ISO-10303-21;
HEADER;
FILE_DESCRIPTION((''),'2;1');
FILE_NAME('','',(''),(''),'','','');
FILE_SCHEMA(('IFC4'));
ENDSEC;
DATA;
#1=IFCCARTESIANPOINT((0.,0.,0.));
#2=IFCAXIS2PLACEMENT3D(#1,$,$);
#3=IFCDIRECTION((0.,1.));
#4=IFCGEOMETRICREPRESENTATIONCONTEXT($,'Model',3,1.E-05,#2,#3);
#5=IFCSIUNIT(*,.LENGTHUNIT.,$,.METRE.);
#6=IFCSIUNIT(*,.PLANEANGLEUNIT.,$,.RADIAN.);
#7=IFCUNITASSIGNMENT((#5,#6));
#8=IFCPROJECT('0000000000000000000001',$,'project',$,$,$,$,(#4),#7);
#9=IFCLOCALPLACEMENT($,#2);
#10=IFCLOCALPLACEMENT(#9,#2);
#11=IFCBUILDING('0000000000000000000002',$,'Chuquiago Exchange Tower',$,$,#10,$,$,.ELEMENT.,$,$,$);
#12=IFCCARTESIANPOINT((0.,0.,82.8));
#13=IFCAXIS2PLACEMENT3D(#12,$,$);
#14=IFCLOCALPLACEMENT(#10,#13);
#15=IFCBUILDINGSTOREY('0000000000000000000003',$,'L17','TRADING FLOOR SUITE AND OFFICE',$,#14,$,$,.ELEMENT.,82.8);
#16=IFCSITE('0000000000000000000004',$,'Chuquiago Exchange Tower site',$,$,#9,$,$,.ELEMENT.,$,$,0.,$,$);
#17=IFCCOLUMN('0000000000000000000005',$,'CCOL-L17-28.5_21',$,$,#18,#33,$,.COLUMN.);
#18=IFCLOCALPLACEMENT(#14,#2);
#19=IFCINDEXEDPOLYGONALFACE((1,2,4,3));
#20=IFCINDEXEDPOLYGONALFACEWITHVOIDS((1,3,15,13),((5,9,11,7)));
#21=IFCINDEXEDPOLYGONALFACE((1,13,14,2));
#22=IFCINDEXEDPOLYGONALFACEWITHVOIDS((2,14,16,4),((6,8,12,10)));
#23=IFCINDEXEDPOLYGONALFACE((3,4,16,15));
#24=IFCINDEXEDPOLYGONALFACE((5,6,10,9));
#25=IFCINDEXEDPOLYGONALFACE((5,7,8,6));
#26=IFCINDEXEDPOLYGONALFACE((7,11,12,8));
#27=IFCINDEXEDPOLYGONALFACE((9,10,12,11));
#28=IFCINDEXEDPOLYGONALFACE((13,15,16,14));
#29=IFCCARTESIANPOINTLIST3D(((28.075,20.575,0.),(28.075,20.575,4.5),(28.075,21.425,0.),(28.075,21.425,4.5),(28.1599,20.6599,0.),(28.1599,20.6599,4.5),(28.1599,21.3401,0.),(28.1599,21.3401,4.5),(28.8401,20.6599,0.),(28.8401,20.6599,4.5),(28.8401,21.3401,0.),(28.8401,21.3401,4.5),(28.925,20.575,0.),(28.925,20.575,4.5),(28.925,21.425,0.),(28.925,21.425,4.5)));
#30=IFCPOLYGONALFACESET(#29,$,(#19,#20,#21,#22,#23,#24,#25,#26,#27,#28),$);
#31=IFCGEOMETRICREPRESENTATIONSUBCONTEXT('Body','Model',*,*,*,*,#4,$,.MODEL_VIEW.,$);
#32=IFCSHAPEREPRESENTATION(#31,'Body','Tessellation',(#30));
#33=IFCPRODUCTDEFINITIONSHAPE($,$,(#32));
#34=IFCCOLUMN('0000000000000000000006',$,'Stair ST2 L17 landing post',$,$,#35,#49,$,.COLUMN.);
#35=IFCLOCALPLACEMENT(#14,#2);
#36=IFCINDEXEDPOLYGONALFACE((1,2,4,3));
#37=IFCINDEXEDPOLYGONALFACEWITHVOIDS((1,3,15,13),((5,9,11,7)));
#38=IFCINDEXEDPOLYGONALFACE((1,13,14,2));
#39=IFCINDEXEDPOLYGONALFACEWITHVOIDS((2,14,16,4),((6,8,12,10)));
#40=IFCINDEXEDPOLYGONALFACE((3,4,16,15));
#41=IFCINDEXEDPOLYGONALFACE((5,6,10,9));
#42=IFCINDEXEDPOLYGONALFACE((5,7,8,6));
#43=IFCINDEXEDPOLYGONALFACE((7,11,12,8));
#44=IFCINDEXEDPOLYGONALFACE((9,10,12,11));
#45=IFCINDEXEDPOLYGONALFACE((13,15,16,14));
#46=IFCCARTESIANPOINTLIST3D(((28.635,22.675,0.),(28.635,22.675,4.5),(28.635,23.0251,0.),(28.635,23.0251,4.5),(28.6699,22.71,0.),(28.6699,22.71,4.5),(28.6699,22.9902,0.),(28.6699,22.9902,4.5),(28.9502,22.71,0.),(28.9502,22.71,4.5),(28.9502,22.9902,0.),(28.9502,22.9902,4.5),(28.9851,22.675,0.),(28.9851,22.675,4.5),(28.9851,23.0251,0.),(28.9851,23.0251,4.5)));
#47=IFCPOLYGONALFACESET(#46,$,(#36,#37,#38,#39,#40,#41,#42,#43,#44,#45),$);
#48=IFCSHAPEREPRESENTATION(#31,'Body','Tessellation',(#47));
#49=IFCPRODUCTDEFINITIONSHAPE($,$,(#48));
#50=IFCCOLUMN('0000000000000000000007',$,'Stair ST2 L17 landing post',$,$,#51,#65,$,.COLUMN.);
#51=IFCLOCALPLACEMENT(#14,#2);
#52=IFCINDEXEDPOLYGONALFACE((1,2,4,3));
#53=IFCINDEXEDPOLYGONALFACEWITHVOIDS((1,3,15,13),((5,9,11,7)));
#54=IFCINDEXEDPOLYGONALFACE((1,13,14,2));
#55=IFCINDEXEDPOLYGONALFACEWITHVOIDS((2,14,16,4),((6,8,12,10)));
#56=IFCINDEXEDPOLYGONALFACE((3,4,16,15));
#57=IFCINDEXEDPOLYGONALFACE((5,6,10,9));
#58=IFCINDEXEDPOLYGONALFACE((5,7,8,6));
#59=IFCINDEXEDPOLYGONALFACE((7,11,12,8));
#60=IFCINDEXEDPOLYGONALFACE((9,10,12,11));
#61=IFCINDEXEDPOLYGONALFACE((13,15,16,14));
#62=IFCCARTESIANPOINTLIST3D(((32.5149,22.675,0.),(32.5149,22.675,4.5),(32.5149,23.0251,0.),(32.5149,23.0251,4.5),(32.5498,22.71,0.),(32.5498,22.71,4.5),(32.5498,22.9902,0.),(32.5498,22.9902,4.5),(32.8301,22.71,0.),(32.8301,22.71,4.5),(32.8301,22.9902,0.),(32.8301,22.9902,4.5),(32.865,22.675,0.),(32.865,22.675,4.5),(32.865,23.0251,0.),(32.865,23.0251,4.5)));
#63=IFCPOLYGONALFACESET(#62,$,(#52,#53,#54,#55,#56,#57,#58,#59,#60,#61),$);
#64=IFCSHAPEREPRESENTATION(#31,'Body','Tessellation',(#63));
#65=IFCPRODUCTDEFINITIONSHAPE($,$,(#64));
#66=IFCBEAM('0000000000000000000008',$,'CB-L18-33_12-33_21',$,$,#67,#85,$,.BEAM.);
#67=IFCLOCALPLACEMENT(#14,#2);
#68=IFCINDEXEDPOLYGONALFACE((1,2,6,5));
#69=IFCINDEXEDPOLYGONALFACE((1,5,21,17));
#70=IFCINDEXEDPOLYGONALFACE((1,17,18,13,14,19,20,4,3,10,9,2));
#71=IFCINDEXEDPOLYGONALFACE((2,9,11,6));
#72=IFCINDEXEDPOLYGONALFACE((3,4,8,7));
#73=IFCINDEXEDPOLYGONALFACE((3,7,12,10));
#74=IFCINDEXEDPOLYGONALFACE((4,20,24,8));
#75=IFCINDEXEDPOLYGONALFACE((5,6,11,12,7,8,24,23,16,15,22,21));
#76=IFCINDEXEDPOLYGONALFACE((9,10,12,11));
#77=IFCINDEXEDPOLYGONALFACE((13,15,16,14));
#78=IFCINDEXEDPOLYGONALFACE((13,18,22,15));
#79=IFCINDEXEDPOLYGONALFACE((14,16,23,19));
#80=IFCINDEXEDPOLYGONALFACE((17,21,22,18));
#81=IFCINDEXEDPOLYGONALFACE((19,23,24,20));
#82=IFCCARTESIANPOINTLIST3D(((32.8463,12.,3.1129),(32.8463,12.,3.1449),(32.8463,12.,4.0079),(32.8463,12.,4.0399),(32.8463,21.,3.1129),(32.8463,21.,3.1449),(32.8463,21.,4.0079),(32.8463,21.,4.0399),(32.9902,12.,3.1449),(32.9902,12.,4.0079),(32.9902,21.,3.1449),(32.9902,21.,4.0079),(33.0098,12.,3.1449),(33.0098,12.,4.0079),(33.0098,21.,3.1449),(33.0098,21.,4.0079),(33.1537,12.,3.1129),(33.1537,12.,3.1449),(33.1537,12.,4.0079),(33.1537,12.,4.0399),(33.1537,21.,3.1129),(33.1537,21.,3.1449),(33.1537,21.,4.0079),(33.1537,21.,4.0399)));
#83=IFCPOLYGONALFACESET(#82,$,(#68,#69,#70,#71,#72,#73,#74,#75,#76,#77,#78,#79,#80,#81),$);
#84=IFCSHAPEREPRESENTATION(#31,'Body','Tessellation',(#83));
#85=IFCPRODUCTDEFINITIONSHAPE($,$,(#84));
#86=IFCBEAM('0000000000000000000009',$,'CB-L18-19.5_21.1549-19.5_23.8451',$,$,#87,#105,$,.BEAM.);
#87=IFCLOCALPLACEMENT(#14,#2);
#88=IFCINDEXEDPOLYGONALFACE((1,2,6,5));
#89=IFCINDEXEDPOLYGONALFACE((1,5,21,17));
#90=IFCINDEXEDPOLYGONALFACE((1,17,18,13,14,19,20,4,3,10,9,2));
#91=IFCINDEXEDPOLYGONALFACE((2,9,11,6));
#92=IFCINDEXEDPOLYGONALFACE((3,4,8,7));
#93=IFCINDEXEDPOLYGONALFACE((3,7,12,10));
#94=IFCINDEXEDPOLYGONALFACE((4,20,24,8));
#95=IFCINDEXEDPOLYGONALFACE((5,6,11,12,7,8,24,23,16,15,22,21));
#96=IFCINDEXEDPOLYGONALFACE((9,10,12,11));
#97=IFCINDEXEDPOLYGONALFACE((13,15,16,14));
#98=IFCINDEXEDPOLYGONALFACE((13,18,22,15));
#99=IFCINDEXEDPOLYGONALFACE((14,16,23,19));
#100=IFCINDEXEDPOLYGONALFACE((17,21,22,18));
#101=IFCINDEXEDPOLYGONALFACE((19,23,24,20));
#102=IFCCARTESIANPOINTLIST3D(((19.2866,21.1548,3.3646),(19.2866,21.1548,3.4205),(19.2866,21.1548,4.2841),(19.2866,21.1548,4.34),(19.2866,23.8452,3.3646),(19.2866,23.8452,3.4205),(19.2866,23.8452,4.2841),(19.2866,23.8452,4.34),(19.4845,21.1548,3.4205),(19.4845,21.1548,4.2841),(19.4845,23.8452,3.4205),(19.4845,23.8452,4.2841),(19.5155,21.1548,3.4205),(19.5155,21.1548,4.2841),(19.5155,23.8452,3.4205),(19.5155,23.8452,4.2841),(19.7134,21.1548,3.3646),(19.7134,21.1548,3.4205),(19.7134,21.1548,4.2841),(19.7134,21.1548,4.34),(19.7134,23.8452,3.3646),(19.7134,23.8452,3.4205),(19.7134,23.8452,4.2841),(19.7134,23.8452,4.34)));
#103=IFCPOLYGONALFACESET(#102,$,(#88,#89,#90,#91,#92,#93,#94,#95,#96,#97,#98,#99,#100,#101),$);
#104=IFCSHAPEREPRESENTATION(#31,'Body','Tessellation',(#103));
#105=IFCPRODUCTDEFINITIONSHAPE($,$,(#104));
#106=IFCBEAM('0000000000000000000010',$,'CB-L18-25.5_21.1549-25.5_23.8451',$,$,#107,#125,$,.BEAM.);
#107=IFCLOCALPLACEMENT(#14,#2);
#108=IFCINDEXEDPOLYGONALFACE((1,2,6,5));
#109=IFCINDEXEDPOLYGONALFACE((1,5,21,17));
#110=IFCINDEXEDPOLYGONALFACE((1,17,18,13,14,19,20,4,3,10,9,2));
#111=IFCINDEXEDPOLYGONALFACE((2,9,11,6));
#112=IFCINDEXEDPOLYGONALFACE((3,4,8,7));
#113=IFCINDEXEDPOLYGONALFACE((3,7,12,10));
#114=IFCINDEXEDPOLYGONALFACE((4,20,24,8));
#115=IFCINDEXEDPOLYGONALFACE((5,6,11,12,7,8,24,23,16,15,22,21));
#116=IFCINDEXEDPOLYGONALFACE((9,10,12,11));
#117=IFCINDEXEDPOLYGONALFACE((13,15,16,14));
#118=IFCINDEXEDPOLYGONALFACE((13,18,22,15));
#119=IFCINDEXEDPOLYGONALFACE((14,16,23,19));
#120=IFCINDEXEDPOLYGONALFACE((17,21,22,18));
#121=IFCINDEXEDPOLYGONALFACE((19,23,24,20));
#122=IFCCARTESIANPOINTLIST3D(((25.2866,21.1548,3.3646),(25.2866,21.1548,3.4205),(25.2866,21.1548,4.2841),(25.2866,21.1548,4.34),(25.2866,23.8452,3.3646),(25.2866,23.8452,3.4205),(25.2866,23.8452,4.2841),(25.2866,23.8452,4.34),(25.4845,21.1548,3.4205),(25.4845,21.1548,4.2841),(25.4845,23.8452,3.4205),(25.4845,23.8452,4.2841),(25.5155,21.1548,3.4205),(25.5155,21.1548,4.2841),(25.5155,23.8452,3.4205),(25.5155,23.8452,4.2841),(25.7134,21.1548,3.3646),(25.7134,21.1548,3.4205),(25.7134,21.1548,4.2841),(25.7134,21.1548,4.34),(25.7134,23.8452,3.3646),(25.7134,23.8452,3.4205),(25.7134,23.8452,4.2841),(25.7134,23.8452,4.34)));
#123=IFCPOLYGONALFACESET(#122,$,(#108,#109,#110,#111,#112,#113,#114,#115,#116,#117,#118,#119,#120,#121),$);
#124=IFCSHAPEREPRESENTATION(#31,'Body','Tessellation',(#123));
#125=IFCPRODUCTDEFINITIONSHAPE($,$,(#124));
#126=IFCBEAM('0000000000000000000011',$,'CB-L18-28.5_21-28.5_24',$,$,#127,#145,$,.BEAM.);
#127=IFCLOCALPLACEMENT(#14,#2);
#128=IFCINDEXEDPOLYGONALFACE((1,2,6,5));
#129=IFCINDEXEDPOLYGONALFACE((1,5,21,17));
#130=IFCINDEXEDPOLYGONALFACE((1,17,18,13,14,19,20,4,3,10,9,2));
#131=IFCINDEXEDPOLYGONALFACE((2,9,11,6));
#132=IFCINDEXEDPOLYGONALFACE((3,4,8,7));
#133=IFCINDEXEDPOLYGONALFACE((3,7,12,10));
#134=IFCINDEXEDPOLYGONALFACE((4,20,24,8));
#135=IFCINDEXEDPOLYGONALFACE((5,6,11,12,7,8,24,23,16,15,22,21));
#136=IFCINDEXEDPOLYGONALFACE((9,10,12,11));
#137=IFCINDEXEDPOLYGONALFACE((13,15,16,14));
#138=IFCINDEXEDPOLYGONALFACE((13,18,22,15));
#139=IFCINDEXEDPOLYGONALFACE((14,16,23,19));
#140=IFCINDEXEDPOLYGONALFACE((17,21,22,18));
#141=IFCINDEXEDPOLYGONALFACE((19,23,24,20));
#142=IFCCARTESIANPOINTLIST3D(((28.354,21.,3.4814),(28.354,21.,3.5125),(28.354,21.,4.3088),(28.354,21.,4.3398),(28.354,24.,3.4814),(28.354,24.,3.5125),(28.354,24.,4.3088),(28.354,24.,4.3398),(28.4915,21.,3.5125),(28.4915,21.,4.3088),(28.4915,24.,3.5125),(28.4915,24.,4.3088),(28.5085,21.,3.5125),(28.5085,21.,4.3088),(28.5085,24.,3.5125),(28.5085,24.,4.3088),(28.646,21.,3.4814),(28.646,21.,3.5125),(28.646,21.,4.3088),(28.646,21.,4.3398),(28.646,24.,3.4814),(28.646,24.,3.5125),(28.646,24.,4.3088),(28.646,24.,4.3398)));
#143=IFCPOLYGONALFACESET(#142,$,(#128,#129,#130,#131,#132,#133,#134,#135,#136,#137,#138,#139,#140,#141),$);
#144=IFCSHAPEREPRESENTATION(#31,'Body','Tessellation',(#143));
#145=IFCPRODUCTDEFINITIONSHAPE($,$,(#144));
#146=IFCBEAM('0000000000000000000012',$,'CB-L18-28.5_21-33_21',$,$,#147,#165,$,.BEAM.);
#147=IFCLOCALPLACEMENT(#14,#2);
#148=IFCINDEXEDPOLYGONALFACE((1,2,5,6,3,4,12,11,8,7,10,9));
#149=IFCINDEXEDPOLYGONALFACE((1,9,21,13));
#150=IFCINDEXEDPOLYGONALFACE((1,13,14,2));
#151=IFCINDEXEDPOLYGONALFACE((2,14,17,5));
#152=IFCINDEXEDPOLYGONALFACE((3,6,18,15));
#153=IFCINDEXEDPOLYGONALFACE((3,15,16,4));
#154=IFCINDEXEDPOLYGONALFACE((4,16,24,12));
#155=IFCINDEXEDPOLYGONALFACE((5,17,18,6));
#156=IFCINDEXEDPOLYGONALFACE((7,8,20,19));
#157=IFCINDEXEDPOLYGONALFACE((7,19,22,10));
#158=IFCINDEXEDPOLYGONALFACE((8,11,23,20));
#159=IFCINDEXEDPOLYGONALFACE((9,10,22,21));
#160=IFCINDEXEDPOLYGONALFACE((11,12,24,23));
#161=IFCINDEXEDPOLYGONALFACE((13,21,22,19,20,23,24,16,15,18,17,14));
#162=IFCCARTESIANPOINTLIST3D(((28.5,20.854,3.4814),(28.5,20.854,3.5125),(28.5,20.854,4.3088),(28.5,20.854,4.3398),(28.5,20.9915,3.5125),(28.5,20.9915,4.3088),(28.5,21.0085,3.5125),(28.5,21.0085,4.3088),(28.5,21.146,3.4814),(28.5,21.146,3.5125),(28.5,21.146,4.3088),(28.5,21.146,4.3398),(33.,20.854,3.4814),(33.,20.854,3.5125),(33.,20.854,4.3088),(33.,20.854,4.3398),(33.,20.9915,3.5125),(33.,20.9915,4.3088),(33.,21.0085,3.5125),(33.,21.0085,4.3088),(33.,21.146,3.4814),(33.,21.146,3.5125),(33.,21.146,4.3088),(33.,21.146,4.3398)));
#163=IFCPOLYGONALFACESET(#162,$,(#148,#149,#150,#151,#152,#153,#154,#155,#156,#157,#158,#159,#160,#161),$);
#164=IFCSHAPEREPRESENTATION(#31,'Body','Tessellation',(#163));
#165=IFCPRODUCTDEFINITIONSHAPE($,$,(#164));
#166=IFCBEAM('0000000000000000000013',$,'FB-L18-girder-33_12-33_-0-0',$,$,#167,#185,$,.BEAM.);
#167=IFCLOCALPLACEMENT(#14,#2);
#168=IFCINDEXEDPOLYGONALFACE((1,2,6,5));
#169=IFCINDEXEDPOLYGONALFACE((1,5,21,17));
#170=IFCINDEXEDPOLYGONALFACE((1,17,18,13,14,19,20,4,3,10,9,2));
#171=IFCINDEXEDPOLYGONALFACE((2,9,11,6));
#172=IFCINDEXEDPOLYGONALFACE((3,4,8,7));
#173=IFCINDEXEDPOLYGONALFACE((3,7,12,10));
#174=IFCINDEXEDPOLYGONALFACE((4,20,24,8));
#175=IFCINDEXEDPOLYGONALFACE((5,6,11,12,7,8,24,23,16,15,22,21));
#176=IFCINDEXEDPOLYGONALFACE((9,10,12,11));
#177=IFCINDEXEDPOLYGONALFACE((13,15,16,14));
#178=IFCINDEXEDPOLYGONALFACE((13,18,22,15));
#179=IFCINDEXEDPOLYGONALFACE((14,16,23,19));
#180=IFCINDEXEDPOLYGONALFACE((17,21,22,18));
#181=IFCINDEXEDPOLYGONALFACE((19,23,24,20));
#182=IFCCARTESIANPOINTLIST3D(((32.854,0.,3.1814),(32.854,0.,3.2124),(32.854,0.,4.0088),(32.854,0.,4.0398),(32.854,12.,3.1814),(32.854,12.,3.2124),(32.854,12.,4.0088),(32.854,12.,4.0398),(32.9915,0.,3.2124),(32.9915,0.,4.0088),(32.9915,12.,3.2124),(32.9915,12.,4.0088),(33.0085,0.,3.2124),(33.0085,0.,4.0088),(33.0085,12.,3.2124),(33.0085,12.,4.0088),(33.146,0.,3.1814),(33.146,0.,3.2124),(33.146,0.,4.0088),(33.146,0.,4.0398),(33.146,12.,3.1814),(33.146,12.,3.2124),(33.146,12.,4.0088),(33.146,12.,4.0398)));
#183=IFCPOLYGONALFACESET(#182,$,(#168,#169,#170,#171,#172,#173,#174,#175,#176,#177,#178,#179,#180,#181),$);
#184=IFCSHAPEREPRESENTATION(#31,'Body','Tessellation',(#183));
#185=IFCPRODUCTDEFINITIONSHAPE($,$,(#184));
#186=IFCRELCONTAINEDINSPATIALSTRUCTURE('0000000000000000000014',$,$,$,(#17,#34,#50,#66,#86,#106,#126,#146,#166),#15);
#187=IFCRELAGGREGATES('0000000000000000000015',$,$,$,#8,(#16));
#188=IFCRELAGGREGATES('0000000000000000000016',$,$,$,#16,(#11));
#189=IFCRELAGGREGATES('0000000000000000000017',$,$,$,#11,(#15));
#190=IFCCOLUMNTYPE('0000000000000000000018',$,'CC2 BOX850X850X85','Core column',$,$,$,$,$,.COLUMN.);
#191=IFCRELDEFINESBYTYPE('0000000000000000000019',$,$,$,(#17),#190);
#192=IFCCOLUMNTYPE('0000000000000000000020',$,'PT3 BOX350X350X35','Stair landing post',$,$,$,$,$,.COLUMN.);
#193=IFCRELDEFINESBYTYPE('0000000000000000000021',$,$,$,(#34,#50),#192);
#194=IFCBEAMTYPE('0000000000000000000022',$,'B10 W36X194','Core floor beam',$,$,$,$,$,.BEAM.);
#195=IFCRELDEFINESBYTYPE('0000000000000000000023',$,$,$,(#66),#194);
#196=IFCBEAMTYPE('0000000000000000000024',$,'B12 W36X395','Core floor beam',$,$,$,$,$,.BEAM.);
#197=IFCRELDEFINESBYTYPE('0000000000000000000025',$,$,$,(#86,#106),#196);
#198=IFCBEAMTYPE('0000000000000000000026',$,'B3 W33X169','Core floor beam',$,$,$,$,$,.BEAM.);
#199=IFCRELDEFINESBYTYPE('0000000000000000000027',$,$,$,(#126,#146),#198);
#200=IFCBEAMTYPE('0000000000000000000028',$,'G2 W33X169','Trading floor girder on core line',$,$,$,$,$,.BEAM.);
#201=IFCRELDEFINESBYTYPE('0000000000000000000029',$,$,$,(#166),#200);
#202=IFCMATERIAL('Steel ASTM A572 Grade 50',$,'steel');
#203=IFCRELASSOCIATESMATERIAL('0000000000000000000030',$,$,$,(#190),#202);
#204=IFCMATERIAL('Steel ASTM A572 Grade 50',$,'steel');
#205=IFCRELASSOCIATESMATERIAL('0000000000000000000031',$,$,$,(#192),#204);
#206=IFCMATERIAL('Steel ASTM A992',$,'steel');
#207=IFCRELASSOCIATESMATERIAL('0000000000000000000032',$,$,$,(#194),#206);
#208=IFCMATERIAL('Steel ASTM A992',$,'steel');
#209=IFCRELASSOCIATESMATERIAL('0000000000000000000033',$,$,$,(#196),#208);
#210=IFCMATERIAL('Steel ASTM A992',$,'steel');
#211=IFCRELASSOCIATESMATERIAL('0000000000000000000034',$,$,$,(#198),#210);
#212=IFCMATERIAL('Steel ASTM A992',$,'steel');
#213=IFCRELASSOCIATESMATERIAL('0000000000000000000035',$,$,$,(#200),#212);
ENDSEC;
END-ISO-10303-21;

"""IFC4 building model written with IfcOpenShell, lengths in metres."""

from ifc_helpers import new_model, si_unit, direction, frame, origin, origin_2d, place, context, subcontext, project, spatial, hollow_rectangle, i_section, extrude, material, material_profile, profile_set, type_object, element, save


model = new_model("IFC4")

# Units and contexts
model_context = context("Model", 3, precision=1e-05, world=origin(), true_north=direction((0.0, 1.0)))
body_context = subcontext(model_context, "Body", "Model", "MODEL_VIEW")
ifc_project = project(units=[si_unit("LENGTHUNIT", "METRE"), si_unit("PLANEANGLEUNIT", "RADIAN")], contexts=[model_context])

# Site, building, storey
site_placement = place(None, origin())
site = spatial("IfcSite", under=ifc_project, at=site_placement, Name="Chuquiago Exchange Tower site", CompositionType="ELEMENT", RefElevation=0.0)
building_placement = place(site_placement, origin())
building = spatial("IfcBuilding", under=site, at=building_placement, Name="Chuquiago Exchange Tower", CompositionType="ELEMENT")
storey_placement = place(building_placement, frame((0.0, 0.0, 82.8)))
storey = spatial("IfcBuildingStorey", under=building, at=storey_placement, Name="L17", Description="TRADING FLOOR SUITE AND OFFICE", CompositionType="ELEMENT", Elevation=82.8)

# Columns
ifc_material_1 = material(Name="Steel ASTM A572 Grade 50", Category="steel")
ifc_material_profile_1 = material_profile(ifc_material_1, hollow_rectangle(XDim=0.8501, YDim=0.8501, WallThickness=0.085, at=origin_2d()), Name="BOX850X850X85")
ifc_profile_set_1 = profile_set([ifc_material_profile_1], Name="Steel ASTM A572 Grade 50")
column_type_1 = type_object("IfcColumnType", Name="CC2 BOX850X850X85", Description="Core column", PredefinedType="COLUMN", material=ifc_profile_set_1)
column_placement = place(storey_placement, frame((28.5, 21.0, 0.0), z_axis=(0.0, 0.0, 1.0), x_axis=(1.0, 0.0, 0.0)))
element("IfcColumn", 1, at=column_placement, inside=storey, type_object=column_type_1, Name="CCOL-L17-28.5_21", PredefinedType="COLUMN", context=body_context, shape_type="SweptSolid", body=[
    extrude(hollow_rectangle(XDim=0.8501, YDim=0.8501, WallThickness=0.085, at=origin_2d()), origin(), (0.0, 0.0, 1.0), 4.5),
])
ifc_material_2 = material(Name="Steel ASTM A572 Grade 50", Category="steel")
ifc_material_profile_2 = material_profile(ifc_material_2, hollow_rectangle(XDim=0.3501, YDim=0.3501, WallThickness=0.0349, at=origin_2d()), Name="BOX350X350X35")
ifc_profile_set_2 = profile_set([ifc_material_profile_2], Name="Steel ASTM A572 Grade 50")
column_type_2 = type_object("IfcColumnType", Name="PT3 BOX350X350X35", Description="Stair landing post", PredefinedType="COLUMN", material=ifc_profile_set_2)
for number, where, z_axis, x_axis, name in (
    (2, (28.8101, 22.8501, 0.0), (0.0, 0.0, 1.0), (1.0, 0.0, 0.0), "Stair ST2 L17 landing post"),
    (3, (32.6899, 22.8501, 0.0), (0.0, 0.0, 1.0), (1.0, 0.0, 0.0), "Stair ST2 L17 landing post"),
):
    element("IfcColumn", number, at=place(storey_placement, frame(where, z_axis=z_axis, x_axis=x_axis)), inside=storey, type_object=column_type_2, Name=name, PredefinedType="COLUMN", context=body_context, shape_type="SweptSolid", body=[
        extrude(hollow_rectangle(XDim=0.3501, YDim=0.3501, WallThickness=0.0349, at=origin_2d()), origin(), (0.0, 0.0, 1.0), 4.5),
    ])

# Beams
ifc_material_3 = material(Name="Steel ASTM A992", Category="steel")
ifc_material_profile_3 = material_profile(ifc_material_3, i_section(OverallWidth=0.3074, OverallDepth=0.927, WebThickness=0.0195, FlangeThickness=0.032, at=origin_2d()), Name="W36X194")
ifc_profile_set_3 = profile_set([ifc_material_profile_3], Name="Steel ASTM A992")
beam_type_1 = type_object("IfcBeamType", Name="B10 W36X194", Description="Core floor beam", PredefinedType="BEAM", material=ifc_profile_set_3)
beam_1_placement = place(storey_placement, frame((33.0, 12.0, 3.5764), z_axis=(0.0, 1.0, 0.0), x_axis=(-1.0, 0.0, 0.0)))
element("IfcBeam", 4, at=beam_1_placement, inside=storey, type_object=beam_type_1, Name="CB-L18-33_12-33_21", PredefinedType="BEAM", context=body_context, shape_type="SweptSolid", body=[
    extrude(i_section(OverallWidth=0.3074, OverallDepth=0.927, WebThickness=0.0195, FlangeThickness=0.032, at=origin_2d()), origin(), (0.0, 0.0, 1.0), 9.0),
])
ifc_material_4 = material(Name="Steel ASTM A992", Category="steel")
ifc_material_profile_4 = material_profile(ifc_material_4, i_section(OverallWidth=0.4268, OverallDepth=0.9753, WebThickness=0.031, FlangeThickness=0.0559, at=origin_2d()), Name="W36X395")
ifc_profile_set_4 = profile_set([ifc_material_profile_4], Name="Steel ASTM A992")
beam_type_2 = type_object("IfcBeamType", Name="B12 W36X395", Description="Core floor beam", PredefinedType="BEAM", material=ifc_profile_set_4)
for number, where, z_axis, x_axis, name in (
    (5, (19.5, 21.1548, 3.8523), (0.0, 1.0, 0.0), (-1.0, 0.0, 0.0), "CB-L18-19.5_21.1549-19.5_23.8451"),
    (6, (25.5, 21.1548, 3.8523), (0.0, 1.0, 0.0), (-1.0, 0.0, 0.0), "CB-L18-25.5_21.1549-25.5_23.8451"),
):
    element("IfcBeam", number, at=place(storey_placement, frame(where, z_axis=z_axis, x_axis=x_axis)), inside=storey, type_object=beam_type_2, Name=name, PredefinedType="BEAM", context=body_context, shape_type="SweptSolid", body=[
        extrude(i_section(OverallWidth=0.4268, OverallDepth=0.9753, WebThickness=0.031, FlangeThickness=0.0559, at=origin_2d()), origin(), (0.0, 0.0, 1.0), 2.6904),
    ])
ifc_material_5 = material(Name="Steel ASTM A992", Category="steel")
ifc_material_profile_5 = material_profile(ifc_material_5, i_section(OverallWidth=0.292, OverallDepth=0.8584, WebThickness=0.0171, FlangeThickness=0.031, at=origin_2d()), Name="W33X169")
ifc_profile_set_5 = profile_set([ifc_material_profile_5], Name="Steel ASTM A992")
beam_type_3 = type_object("IfcBeamType", Name="B3 W33X169", Description="Core floor beam", PredefinedType="BEAM", material=ifc_profile_set_5)
beam_2_placement = place(storey_placement, frame((28.5, 21.0, 3.9106), z_axis=(0.0, 1.0, 0.0), x_axis=(-1.0, 0.0, 0.0)))
element("IfcBeam", 7, at=beam_2_placement, inside=storey, type_object=beam_type_3, Name="CB-L18-28.5_21-28.5_24", PredefinedType="BEAM", context=body_context, shape_type="SweptSolid", body=[
    extrude(i_section(OverallWidth=0.292, OverallDepth=0.8584, WebThickness=0.0171, FlangeThickness=0.031, at=origin_2d()), origin(), (0.0, 0.0, 1.0), 3.0),
])
beam_3_placement = place(storey_placement, frame((28.5, 21.0, 3.9106), z_axis=(1.0, 0.0, 0.0), x_axis=(0.0, 1.0, 0.0)))
element("IfcBeam", 8, at=beam_3_placement, inside=storey, type_object=beam_type_3, Name="CB-L18-28.5_21-33_21", PredefinedType="BEAM", context=body_context, shape_type="SweptSolid", body=[
    extrude(i_section(OverallWidth=0.292, OverallDepth=0.8584, WebThickness=0.0171, FlangeThickness=0.031, at=origin_2d()), origin(), (0.0, 0.0, 1.0), 4.5),
])
ifc_material_6 = material(Name="Steel ASTM A992", Category="steel")
ifc_material_profile_6 = material_profile(ifc_material_6, i_section(OverallWidth=0.292, OverallDepth=0.8584, WebThickness=0.0171, FlangeThickness=0.031, at=origin_2d()), Name="W33X169")
ifc_profile_set_6 = profile_set([ifc_material_profile_6], Name="Steel ASTM A992")
beam_type_4 = type_object("IfcBeamType", Name="G2 W33X169", Description="Trading floor girder on core line", PredefinedType="BEAM", material=ifc_profile_set_6)
for number, where, z_axis, x_axis, name in (
    (9, (33.0, 12.0, 3.6106), (0.0, -1.0, 0.0), (1.0, 0.0, 0.0), "FB-L18-girder-33_12-33_-0-0"),
):
    element("IfcBeam", number, at=place(storey_placement, frame(where, z_axis=z_axis, x_axis=x_axis)), inside=storey, type_object=beam_type_4, Name=name, PredefinedType="BEAM", context=body_context, shape_type="SweptSolid", body=[
        extrude(i_section(OverallWidth=0.292, OverallDepth=0.8584, WebThickness=0.0171, FlangeThickness=0.031, at=origin_2d()), origin(), (0.0, 0.0, 1.0), 12.0),
    ])

save(model, "model.ifc")
